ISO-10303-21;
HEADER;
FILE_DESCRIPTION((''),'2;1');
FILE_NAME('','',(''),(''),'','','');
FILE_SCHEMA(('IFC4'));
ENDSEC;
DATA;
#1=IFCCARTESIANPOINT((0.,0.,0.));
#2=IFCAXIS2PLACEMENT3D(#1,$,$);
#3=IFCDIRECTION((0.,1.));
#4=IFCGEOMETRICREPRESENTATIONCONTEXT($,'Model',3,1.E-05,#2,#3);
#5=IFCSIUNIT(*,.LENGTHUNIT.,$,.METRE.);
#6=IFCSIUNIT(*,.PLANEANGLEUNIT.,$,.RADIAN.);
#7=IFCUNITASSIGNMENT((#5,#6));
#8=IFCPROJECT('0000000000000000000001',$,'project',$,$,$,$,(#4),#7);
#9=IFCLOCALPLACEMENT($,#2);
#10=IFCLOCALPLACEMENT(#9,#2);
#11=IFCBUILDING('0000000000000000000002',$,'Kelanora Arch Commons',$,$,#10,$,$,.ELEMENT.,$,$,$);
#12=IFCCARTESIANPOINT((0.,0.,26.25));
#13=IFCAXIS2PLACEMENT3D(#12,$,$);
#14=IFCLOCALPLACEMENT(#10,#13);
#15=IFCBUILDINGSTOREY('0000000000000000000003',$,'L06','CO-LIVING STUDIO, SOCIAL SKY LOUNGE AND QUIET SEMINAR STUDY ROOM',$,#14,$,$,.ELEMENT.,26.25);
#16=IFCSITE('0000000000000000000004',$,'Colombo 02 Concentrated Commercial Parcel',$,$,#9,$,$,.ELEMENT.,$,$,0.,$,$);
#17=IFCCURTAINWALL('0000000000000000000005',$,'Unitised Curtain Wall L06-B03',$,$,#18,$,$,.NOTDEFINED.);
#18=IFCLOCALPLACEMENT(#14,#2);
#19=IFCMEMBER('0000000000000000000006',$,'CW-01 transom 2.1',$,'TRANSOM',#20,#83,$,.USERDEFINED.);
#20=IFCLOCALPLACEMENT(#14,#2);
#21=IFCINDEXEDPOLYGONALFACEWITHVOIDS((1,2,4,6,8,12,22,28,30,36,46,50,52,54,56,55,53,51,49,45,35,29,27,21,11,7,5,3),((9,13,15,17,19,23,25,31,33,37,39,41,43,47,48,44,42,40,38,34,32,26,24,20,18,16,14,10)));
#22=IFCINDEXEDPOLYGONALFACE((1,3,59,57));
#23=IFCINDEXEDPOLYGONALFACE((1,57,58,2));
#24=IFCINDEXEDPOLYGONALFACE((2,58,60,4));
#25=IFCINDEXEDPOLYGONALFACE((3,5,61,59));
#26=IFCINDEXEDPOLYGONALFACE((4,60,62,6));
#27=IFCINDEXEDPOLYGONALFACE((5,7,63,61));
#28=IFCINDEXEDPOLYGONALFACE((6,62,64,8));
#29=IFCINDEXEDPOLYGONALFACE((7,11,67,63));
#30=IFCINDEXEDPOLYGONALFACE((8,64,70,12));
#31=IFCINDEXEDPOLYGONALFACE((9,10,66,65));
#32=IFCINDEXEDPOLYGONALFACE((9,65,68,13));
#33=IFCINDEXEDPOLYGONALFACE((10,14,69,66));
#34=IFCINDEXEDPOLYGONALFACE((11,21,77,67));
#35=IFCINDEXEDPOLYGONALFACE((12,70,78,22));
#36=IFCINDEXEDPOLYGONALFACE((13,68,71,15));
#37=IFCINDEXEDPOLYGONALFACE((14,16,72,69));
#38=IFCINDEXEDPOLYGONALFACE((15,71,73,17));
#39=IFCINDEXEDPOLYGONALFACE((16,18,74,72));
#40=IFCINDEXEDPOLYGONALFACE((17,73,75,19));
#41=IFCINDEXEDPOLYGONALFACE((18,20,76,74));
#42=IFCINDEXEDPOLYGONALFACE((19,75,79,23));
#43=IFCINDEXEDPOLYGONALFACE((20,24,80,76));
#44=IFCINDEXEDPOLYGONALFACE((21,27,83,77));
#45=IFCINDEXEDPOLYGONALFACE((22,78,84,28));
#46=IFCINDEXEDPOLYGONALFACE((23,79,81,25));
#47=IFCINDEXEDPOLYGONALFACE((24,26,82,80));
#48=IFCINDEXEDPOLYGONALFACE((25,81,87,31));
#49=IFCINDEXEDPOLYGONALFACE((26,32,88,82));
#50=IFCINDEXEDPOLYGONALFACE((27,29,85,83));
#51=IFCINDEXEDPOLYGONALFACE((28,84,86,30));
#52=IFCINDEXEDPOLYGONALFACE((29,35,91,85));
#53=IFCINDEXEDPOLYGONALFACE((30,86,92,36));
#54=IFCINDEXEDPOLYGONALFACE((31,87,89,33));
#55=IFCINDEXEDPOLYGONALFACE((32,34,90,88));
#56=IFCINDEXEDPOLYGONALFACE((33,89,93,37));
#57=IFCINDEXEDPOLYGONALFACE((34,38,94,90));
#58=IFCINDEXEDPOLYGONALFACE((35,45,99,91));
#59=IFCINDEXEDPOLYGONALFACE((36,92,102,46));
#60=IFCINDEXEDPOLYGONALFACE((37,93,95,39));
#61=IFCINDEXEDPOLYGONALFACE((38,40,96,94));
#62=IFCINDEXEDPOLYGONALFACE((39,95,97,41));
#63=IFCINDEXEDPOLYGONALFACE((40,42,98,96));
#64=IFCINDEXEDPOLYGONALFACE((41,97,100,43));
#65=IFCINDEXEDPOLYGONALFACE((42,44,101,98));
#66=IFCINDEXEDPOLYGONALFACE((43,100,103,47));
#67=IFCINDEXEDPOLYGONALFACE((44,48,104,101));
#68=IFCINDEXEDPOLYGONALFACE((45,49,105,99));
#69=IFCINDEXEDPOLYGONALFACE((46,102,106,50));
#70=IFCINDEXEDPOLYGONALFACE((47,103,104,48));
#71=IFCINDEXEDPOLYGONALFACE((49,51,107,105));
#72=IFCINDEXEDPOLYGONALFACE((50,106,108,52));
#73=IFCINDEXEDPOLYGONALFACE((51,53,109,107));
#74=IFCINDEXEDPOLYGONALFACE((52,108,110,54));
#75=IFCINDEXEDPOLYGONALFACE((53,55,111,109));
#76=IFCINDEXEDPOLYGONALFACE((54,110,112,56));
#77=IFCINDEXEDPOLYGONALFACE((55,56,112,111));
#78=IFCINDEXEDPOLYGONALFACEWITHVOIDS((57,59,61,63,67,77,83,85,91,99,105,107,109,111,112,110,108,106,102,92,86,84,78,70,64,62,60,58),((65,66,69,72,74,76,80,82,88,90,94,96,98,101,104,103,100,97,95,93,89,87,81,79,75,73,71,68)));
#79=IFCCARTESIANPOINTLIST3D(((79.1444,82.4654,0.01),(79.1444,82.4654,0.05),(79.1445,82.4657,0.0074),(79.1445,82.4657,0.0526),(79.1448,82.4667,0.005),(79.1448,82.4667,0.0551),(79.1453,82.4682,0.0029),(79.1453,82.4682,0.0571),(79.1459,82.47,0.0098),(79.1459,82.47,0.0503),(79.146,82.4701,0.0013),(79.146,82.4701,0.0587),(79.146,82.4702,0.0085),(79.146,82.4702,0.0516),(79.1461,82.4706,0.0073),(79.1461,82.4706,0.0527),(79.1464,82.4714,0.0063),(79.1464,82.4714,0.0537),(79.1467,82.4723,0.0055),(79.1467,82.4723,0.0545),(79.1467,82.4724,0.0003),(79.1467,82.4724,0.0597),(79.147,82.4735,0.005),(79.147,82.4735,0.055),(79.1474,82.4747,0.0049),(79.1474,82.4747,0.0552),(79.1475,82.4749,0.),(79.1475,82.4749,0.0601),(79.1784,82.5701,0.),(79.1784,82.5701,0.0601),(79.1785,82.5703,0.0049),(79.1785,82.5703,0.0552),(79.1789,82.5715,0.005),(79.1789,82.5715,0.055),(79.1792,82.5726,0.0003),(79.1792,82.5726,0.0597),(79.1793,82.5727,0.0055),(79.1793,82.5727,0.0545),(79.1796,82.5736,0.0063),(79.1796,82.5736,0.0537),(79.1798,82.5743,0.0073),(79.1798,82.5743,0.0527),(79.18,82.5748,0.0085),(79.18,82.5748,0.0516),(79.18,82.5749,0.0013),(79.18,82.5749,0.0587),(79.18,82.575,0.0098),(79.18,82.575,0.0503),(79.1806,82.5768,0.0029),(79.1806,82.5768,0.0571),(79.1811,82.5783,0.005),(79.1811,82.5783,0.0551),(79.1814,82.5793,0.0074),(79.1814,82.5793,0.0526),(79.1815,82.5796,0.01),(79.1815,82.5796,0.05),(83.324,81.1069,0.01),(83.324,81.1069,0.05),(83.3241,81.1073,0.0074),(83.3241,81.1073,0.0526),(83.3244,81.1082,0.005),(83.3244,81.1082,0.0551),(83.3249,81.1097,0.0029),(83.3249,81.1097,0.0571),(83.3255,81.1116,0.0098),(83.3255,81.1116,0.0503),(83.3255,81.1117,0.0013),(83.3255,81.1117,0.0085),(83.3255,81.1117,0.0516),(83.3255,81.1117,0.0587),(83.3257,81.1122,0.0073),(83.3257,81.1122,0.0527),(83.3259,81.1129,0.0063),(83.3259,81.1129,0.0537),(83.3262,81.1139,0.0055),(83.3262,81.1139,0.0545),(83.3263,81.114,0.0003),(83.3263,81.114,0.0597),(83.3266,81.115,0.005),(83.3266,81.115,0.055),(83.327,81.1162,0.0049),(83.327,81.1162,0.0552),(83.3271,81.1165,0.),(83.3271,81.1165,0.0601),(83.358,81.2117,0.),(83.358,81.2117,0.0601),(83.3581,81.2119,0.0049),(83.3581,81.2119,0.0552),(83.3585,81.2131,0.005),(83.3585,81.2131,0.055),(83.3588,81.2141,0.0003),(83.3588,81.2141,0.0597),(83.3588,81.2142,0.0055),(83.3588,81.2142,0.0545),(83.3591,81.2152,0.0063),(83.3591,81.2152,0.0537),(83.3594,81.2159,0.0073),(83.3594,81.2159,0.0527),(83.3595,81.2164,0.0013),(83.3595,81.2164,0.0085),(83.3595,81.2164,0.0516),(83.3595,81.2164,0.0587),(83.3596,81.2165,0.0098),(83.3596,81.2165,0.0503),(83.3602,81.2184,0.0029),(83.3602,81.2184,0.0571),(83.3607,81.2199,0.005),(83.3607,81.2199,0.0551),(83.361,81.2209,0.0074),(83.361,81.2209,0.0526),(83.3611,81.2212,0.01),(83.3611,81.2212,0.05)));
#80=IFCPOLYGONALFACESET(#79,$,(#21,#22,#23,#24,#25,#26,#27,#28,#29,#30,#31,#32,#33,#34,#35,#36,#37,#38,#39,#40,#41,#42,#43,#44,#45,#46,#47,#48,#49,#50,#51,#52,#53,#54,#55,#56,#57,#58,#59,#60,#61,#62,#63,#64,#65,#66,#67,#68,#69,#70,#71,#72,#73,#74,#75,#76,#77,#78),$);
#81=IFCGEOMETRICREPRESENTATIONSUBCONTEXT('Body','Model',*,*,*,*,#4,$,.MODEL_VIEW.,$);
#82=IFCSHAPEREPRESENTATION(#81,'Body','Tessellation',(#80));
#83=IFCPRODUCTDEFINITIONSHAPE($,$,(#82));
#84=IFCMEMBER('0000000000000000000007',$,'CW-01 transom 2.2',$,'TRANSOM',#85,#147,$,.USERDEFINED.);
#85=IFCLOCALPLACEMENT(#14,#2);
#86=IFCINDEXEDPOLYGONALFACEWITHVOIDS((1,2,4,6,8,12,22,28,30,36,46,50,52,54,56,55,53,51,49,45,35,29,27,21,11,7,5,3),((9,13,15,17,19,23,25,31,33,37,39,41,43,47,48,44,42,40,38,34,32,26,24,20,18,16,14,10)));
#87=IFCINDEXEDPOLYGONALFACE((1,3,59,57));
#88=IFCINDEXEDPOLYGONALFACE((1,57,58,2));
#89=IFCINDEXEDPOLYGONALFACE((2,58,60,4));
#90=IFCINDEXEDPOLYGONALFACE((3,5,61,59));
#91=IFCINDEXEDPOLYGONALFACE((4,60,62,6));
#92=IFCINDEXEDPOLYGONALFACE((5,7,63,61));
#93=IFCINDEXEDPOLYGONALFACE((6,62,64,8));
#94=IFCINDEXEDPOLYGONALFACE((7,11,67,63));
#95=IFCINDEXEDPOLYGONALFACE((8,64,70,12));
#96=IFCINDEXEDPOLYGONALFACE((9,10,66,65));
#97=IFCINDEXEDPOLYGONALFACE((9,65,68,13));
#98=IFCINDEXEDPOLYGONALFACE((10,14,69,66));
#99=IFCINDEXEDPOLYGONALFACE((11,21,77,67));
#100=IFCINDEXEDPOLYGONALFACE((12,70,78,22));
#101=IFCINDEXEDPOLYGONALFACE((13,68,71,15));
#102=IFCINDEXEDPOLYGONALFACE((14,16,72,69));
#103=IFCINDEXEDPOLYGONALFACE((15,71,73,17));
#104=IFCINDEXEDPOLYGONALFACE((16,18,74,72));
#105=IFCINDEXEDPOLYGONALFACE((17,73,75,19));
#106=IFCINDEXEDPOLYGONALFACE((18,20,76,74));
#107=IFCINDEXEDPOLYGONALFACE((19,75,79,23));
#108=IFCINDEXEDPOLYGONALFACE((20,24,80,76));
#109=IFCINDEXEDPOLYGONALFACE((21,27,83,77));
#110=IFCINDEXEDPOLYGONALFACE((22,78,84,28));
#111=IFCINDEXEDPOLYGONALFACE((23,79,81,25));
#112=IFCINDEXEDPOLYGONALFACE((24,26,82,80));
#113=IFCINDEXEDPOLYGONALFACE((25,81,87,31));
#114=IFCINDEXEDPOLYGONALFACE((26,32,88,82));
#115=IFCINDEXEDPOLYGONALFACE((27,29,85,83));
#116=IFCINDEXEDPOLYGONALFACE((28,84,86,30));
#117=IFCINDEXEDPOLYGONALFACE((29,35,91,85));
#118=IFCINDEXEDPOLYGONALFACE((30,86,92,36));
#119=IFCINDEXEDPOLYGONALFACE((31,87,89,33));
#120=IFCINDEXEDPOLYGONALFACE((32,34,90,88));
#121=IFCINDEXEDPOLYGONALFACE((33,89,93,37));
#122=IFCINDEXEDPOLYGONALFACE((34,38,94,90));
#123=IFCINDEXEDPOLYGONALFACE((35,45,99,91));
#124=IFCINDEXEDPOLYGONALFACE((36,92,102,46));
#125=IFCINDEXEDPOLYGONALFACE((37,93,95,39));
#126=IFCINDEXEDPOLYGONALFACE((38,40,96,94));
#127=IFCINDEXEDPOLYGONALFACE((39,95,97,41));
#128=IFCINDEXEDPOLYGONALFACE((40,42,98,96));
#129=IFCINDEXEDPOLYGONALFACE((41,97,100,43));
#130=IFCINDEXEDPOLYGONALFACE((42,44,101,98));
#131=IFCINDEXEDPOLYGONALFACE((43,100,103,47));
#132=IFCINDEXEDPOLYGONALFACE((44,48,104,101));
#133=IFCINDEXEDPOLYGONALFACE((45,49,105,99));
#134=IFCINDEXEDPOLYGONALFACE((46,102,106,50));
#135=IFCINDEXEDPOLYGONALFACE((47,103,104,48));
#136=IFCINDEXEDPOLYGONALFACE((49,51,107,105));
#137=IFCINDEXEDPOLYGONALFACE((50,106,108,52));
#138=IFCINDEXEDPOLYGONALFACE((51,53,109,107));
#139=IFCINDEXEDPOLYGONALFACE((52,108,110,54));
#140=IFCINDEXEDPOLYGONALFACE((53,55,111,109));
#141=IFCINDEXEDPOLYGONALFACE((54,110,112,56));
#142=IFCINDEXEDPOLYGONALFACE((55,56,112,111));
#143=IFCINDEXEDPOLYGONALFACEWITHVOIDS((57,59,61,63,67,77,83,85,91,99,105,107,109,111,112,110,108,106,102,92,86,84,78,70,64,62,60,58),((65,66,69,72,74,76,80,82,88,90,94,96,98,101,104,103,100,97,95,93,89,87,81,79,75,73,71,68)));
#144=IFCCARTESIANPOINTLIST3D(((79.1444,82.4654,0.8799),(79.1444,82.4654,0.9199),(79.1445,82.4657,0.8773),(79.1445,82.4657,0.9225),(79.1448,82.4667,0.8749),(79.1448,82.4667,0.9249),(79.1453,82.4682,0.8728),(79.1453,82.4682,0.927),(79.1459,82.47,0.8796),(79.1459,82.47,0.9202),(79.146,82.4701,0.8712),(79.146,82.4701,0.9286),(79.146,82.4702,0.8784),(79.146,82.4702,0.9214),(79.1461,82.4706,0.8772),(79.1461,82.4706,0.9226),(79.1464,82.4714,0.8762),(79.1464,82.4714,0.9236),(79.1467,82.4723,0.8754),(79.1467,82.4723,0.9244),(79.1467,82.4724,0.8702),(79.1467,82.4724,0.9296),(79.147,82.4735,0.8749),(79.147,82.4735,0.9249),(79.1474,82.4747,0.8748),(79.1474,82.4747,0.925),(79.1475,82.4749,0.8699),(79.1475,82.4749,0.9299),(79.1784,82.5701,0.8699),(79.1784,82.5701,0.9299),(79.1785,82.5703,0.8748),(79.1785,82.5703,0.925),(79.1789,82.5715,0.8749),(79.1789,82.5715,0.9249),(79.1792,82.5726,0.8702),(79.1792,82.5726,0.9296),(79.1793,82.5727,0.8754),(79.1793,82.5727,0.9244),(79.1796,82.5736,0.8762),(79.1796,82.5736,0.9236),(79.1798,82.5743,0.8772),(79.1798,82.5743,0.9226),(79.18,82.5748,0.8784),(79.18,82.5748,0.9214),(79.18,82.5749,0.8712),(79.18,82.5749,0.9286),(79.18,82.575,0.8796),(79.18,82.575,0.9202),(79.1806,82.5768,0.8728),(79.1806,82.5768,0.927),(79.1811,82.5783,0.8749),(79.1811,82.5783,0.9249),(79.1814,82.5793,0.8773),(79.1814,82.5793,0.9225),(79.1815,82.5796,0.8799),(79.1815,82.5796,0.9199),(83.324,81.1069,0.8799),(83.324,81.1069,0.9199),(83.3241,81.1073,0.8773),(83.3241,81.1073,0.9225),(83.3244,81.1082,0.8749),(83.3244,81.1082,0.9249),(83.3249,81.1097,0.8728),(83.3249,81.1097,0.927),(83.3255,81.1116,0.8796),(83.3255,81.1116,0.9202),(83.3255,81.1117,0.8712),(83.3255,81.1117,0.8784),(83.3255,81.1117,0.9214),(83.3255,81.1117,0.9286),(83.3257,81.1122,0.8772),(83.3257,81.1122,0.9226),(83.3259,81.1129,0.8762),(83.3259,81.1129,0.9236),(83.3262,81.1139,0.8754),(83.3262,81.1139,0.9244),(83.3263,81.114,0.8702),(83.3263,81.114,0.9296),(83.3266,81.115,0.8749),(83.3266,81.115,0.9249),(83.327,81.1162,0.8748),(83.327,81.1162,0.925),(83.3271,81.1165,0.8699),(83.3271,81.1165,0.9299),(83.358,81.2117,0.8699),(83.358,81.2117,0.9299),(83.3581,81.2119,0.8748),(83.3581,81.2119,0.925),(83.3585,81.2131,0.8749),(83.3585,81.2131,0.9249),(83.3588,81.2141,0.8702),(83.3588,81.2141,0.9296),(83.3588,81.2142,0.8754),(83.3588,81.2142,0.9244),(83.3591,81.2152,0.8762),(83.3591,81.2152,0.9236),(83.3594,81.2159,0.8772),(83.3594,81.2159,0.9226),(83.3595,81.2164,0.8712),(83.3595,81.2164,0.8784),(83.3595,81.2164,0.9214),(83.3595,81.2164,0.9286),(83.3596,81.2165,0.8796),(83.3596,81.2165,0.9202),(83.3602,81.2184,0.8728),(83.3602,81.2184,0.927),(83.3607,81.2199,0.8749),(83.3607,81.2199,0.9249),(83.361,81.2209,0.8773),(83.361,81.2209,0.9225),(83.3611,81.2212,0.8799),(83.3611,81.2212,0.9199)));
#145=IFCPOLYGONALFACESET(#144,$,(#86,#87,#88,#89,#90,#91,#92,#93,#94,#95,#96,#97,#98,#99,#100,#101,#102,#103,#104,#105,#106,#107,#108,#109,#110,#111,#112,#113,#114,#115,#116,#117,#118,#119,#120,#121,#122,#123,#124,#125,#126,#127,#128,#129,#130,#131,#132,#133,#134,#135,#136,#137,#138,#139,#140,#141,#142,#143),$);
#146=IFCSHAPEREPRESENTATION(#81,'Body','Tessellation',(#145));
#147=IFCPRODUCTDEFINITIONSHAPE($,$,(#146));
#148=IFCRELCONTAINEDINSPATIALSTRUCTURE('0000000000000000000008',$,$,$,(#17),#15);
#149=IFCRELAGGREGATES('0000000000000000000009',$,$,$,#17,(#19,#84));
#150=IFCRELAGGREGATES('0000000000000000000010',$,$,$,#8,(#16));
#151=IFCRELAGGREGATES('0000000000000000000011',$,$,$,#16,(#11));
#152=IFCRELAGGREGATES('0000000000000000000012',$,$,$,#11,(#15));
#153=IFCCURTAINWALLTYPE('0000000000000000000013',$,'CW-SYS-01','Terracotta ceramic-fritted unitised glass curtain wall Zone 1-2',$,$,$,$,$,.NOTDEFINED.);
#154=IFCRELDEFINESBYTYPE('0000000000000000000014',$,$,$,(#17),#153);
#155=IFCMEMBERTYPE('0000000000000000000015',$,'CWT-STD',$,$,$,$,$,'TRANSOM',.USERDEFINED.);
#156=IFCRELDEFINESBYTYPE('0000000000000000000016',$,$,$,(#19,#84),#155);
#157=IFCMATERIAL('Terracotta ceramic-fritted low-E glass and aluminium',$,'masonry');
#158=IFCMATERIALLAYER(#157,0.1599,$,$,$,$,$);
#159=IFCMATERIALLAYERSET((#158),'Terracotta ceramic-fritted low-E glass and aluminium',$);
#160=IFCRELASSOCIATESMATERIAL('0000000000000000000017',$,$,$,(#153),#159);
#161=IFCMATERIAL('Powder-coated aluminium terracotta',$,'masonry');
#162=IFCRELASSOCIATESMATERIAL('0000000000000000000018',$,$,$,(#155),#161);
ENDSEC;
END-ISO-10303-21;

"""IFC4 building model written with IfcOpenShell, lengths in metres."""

from ifc_helpers import new_model, si_unit, direction, frame, origin, origin_2d, place, context, subcontext, project, spatial, hollow_rectangle, extrude, material, layer, layer_set, material_profile, profile_set, type_object, element, aggregate, save


model = new_model("IFC4")

# Units and contexts
model_context = context("Model", 3, precision=1e-05, world=origin(), true_north=direction((0.0, 1.0)))
body_context = subcontext(model_context, "Body", "Model", "MODEL_VIEW")
ifc_project = project(units=[si_unit("LENGTHUNIT", "METRE"), si_unit("PLANEANGLEUNIT", "RADIAN")], contexts=[model_context])

# Site, building, storey
site_placement = place(None, origin())
site = spatial("IfcSite", under=ifc_project, at=site_placement, Name="Colombo 02 Concentrated Commercial Parcel", CompositionType="ELEMENT", RefElevation=0.0)
building_placement = place(site_placement, origin())
building = spatial("IfcBuilding", under=site, at=building_placement, Name="Kelanora Arch Commons", CompositionType="ELEMENT")
storey_placement = place(building_placement, frame((0.0, 0.0, 26.25)))
storey = spatial("IfcBuildingStorey", under=building, at=storey_placement, Name="L06", Description="CO-LIVING STUDIO, SOCIAL SKY LOUNGE AND QUIET SEMINAR STUDY ROOM", CompositionType="ELEMENT", Elevation=26.25)

# Curtain wall, members
ifc_material_1 = material(Name="Terracotta ceramic-fritted low-E glass and aluminium", Category="masonry")
ifc_layer_1 = layer(ifc_material_1, 0.1599)
ifc_layer_set_1 = layer_set([ifc_layer_1], Name="Terracotta ceramic-fritted low-E glass and aluminium")
curtain_wall_type = type_object("IfcCurtainWallType", Name="CW-SYS-01", Description="Terracotta ceramic-fritted unitised glass curtain wall Zone 1-2", PredefinedType="NOTDEFINED", material=ifc_layer_set_1)
curtain_wall_placement = place(storey_placement, origin())
curtain_wall = element("IfcCurtainWall", 1, at=curtain_wall_placement, inside=storey, type_object=curtain_wall_type, Name="Unitised Curtain Wall L06-B03", PredefinedType="NOTDEFINED")
ifc_material_2 = material(Name="Powder-coated aluminium terracotta", Category="masonry")
ifc_material_profile_1 = material_profile(ifc_material_2, hollow_rectangle(XDim=0.1201, YDim=0.0601, WallThickness=0.0049, InnerFilletRadius=0.0049, OuterFilletRadius=0.01, at=origin_2d()), Name="CWT120x60")
ifc_profile_set_1 = profile_set([ifc_material_profile_1], Name="Powder-coated aluminium terracotta")
member_type_1 = type_object("IfcMemberType", Name="CWT-STD", ElementType="TRANSOM", PredefinedType="USERDEFINED", material=ifc_profile_set_1)
member_1_placement = place(storey_placement, frame((83.3425, 81.1641, 0.03), z_axis=(-0.951029, 0.309102, 0.0), x_axis=(-0.309102, -0.951029, 0.0)))
member_1 = element("IfcMember", 2, at=member_1_placement, type_object=member_type_1, Name="CW-01 transom 2.1", ObjectType="TRANSOM", PredefinedType="USERDEFINED", context=body_context, shape_type="SweptSolid", body=[
    extrude(hollow_rectangle(XDim=0.1201, YDim=0.0601, WallThickness=0.0049, InnerFilletRadius=0.0049, OuterFilletRadius=0.01, at=origin_2d()), origin(), (0.0, 0.0, 1.0), 4.3948),
])
member_2_placement = place(storey_placement, frame((83.3425, 81.1641, 0.8999), z_axis=(-0.951029, 0.309102, 0.0), x_axis=(-0.309102, -0.951029, 0.0)))
member_2 = element("IfcMember", 3, at=member_2_placement, type_object=member_type_1, Name="CW-01 transom 2.2", ObjectType="TRANSOM", PredefinedType="USERDEFINED", context=body_context, shape_type="SweptSolid", body=[
    extrude(hollow_rectangle(XDim=0.1201, YDim=0.0601, WallThickness=0.0049, InnerFilletRadius=0.0049, OuterFilletRadius=0.01, at=origin_2d()), origin(), (0.0, 0.0, 1.0), 4.3948),
])
aggregate(curtain_wall, [member_1, member_2])

save(model, "model.ifc")
